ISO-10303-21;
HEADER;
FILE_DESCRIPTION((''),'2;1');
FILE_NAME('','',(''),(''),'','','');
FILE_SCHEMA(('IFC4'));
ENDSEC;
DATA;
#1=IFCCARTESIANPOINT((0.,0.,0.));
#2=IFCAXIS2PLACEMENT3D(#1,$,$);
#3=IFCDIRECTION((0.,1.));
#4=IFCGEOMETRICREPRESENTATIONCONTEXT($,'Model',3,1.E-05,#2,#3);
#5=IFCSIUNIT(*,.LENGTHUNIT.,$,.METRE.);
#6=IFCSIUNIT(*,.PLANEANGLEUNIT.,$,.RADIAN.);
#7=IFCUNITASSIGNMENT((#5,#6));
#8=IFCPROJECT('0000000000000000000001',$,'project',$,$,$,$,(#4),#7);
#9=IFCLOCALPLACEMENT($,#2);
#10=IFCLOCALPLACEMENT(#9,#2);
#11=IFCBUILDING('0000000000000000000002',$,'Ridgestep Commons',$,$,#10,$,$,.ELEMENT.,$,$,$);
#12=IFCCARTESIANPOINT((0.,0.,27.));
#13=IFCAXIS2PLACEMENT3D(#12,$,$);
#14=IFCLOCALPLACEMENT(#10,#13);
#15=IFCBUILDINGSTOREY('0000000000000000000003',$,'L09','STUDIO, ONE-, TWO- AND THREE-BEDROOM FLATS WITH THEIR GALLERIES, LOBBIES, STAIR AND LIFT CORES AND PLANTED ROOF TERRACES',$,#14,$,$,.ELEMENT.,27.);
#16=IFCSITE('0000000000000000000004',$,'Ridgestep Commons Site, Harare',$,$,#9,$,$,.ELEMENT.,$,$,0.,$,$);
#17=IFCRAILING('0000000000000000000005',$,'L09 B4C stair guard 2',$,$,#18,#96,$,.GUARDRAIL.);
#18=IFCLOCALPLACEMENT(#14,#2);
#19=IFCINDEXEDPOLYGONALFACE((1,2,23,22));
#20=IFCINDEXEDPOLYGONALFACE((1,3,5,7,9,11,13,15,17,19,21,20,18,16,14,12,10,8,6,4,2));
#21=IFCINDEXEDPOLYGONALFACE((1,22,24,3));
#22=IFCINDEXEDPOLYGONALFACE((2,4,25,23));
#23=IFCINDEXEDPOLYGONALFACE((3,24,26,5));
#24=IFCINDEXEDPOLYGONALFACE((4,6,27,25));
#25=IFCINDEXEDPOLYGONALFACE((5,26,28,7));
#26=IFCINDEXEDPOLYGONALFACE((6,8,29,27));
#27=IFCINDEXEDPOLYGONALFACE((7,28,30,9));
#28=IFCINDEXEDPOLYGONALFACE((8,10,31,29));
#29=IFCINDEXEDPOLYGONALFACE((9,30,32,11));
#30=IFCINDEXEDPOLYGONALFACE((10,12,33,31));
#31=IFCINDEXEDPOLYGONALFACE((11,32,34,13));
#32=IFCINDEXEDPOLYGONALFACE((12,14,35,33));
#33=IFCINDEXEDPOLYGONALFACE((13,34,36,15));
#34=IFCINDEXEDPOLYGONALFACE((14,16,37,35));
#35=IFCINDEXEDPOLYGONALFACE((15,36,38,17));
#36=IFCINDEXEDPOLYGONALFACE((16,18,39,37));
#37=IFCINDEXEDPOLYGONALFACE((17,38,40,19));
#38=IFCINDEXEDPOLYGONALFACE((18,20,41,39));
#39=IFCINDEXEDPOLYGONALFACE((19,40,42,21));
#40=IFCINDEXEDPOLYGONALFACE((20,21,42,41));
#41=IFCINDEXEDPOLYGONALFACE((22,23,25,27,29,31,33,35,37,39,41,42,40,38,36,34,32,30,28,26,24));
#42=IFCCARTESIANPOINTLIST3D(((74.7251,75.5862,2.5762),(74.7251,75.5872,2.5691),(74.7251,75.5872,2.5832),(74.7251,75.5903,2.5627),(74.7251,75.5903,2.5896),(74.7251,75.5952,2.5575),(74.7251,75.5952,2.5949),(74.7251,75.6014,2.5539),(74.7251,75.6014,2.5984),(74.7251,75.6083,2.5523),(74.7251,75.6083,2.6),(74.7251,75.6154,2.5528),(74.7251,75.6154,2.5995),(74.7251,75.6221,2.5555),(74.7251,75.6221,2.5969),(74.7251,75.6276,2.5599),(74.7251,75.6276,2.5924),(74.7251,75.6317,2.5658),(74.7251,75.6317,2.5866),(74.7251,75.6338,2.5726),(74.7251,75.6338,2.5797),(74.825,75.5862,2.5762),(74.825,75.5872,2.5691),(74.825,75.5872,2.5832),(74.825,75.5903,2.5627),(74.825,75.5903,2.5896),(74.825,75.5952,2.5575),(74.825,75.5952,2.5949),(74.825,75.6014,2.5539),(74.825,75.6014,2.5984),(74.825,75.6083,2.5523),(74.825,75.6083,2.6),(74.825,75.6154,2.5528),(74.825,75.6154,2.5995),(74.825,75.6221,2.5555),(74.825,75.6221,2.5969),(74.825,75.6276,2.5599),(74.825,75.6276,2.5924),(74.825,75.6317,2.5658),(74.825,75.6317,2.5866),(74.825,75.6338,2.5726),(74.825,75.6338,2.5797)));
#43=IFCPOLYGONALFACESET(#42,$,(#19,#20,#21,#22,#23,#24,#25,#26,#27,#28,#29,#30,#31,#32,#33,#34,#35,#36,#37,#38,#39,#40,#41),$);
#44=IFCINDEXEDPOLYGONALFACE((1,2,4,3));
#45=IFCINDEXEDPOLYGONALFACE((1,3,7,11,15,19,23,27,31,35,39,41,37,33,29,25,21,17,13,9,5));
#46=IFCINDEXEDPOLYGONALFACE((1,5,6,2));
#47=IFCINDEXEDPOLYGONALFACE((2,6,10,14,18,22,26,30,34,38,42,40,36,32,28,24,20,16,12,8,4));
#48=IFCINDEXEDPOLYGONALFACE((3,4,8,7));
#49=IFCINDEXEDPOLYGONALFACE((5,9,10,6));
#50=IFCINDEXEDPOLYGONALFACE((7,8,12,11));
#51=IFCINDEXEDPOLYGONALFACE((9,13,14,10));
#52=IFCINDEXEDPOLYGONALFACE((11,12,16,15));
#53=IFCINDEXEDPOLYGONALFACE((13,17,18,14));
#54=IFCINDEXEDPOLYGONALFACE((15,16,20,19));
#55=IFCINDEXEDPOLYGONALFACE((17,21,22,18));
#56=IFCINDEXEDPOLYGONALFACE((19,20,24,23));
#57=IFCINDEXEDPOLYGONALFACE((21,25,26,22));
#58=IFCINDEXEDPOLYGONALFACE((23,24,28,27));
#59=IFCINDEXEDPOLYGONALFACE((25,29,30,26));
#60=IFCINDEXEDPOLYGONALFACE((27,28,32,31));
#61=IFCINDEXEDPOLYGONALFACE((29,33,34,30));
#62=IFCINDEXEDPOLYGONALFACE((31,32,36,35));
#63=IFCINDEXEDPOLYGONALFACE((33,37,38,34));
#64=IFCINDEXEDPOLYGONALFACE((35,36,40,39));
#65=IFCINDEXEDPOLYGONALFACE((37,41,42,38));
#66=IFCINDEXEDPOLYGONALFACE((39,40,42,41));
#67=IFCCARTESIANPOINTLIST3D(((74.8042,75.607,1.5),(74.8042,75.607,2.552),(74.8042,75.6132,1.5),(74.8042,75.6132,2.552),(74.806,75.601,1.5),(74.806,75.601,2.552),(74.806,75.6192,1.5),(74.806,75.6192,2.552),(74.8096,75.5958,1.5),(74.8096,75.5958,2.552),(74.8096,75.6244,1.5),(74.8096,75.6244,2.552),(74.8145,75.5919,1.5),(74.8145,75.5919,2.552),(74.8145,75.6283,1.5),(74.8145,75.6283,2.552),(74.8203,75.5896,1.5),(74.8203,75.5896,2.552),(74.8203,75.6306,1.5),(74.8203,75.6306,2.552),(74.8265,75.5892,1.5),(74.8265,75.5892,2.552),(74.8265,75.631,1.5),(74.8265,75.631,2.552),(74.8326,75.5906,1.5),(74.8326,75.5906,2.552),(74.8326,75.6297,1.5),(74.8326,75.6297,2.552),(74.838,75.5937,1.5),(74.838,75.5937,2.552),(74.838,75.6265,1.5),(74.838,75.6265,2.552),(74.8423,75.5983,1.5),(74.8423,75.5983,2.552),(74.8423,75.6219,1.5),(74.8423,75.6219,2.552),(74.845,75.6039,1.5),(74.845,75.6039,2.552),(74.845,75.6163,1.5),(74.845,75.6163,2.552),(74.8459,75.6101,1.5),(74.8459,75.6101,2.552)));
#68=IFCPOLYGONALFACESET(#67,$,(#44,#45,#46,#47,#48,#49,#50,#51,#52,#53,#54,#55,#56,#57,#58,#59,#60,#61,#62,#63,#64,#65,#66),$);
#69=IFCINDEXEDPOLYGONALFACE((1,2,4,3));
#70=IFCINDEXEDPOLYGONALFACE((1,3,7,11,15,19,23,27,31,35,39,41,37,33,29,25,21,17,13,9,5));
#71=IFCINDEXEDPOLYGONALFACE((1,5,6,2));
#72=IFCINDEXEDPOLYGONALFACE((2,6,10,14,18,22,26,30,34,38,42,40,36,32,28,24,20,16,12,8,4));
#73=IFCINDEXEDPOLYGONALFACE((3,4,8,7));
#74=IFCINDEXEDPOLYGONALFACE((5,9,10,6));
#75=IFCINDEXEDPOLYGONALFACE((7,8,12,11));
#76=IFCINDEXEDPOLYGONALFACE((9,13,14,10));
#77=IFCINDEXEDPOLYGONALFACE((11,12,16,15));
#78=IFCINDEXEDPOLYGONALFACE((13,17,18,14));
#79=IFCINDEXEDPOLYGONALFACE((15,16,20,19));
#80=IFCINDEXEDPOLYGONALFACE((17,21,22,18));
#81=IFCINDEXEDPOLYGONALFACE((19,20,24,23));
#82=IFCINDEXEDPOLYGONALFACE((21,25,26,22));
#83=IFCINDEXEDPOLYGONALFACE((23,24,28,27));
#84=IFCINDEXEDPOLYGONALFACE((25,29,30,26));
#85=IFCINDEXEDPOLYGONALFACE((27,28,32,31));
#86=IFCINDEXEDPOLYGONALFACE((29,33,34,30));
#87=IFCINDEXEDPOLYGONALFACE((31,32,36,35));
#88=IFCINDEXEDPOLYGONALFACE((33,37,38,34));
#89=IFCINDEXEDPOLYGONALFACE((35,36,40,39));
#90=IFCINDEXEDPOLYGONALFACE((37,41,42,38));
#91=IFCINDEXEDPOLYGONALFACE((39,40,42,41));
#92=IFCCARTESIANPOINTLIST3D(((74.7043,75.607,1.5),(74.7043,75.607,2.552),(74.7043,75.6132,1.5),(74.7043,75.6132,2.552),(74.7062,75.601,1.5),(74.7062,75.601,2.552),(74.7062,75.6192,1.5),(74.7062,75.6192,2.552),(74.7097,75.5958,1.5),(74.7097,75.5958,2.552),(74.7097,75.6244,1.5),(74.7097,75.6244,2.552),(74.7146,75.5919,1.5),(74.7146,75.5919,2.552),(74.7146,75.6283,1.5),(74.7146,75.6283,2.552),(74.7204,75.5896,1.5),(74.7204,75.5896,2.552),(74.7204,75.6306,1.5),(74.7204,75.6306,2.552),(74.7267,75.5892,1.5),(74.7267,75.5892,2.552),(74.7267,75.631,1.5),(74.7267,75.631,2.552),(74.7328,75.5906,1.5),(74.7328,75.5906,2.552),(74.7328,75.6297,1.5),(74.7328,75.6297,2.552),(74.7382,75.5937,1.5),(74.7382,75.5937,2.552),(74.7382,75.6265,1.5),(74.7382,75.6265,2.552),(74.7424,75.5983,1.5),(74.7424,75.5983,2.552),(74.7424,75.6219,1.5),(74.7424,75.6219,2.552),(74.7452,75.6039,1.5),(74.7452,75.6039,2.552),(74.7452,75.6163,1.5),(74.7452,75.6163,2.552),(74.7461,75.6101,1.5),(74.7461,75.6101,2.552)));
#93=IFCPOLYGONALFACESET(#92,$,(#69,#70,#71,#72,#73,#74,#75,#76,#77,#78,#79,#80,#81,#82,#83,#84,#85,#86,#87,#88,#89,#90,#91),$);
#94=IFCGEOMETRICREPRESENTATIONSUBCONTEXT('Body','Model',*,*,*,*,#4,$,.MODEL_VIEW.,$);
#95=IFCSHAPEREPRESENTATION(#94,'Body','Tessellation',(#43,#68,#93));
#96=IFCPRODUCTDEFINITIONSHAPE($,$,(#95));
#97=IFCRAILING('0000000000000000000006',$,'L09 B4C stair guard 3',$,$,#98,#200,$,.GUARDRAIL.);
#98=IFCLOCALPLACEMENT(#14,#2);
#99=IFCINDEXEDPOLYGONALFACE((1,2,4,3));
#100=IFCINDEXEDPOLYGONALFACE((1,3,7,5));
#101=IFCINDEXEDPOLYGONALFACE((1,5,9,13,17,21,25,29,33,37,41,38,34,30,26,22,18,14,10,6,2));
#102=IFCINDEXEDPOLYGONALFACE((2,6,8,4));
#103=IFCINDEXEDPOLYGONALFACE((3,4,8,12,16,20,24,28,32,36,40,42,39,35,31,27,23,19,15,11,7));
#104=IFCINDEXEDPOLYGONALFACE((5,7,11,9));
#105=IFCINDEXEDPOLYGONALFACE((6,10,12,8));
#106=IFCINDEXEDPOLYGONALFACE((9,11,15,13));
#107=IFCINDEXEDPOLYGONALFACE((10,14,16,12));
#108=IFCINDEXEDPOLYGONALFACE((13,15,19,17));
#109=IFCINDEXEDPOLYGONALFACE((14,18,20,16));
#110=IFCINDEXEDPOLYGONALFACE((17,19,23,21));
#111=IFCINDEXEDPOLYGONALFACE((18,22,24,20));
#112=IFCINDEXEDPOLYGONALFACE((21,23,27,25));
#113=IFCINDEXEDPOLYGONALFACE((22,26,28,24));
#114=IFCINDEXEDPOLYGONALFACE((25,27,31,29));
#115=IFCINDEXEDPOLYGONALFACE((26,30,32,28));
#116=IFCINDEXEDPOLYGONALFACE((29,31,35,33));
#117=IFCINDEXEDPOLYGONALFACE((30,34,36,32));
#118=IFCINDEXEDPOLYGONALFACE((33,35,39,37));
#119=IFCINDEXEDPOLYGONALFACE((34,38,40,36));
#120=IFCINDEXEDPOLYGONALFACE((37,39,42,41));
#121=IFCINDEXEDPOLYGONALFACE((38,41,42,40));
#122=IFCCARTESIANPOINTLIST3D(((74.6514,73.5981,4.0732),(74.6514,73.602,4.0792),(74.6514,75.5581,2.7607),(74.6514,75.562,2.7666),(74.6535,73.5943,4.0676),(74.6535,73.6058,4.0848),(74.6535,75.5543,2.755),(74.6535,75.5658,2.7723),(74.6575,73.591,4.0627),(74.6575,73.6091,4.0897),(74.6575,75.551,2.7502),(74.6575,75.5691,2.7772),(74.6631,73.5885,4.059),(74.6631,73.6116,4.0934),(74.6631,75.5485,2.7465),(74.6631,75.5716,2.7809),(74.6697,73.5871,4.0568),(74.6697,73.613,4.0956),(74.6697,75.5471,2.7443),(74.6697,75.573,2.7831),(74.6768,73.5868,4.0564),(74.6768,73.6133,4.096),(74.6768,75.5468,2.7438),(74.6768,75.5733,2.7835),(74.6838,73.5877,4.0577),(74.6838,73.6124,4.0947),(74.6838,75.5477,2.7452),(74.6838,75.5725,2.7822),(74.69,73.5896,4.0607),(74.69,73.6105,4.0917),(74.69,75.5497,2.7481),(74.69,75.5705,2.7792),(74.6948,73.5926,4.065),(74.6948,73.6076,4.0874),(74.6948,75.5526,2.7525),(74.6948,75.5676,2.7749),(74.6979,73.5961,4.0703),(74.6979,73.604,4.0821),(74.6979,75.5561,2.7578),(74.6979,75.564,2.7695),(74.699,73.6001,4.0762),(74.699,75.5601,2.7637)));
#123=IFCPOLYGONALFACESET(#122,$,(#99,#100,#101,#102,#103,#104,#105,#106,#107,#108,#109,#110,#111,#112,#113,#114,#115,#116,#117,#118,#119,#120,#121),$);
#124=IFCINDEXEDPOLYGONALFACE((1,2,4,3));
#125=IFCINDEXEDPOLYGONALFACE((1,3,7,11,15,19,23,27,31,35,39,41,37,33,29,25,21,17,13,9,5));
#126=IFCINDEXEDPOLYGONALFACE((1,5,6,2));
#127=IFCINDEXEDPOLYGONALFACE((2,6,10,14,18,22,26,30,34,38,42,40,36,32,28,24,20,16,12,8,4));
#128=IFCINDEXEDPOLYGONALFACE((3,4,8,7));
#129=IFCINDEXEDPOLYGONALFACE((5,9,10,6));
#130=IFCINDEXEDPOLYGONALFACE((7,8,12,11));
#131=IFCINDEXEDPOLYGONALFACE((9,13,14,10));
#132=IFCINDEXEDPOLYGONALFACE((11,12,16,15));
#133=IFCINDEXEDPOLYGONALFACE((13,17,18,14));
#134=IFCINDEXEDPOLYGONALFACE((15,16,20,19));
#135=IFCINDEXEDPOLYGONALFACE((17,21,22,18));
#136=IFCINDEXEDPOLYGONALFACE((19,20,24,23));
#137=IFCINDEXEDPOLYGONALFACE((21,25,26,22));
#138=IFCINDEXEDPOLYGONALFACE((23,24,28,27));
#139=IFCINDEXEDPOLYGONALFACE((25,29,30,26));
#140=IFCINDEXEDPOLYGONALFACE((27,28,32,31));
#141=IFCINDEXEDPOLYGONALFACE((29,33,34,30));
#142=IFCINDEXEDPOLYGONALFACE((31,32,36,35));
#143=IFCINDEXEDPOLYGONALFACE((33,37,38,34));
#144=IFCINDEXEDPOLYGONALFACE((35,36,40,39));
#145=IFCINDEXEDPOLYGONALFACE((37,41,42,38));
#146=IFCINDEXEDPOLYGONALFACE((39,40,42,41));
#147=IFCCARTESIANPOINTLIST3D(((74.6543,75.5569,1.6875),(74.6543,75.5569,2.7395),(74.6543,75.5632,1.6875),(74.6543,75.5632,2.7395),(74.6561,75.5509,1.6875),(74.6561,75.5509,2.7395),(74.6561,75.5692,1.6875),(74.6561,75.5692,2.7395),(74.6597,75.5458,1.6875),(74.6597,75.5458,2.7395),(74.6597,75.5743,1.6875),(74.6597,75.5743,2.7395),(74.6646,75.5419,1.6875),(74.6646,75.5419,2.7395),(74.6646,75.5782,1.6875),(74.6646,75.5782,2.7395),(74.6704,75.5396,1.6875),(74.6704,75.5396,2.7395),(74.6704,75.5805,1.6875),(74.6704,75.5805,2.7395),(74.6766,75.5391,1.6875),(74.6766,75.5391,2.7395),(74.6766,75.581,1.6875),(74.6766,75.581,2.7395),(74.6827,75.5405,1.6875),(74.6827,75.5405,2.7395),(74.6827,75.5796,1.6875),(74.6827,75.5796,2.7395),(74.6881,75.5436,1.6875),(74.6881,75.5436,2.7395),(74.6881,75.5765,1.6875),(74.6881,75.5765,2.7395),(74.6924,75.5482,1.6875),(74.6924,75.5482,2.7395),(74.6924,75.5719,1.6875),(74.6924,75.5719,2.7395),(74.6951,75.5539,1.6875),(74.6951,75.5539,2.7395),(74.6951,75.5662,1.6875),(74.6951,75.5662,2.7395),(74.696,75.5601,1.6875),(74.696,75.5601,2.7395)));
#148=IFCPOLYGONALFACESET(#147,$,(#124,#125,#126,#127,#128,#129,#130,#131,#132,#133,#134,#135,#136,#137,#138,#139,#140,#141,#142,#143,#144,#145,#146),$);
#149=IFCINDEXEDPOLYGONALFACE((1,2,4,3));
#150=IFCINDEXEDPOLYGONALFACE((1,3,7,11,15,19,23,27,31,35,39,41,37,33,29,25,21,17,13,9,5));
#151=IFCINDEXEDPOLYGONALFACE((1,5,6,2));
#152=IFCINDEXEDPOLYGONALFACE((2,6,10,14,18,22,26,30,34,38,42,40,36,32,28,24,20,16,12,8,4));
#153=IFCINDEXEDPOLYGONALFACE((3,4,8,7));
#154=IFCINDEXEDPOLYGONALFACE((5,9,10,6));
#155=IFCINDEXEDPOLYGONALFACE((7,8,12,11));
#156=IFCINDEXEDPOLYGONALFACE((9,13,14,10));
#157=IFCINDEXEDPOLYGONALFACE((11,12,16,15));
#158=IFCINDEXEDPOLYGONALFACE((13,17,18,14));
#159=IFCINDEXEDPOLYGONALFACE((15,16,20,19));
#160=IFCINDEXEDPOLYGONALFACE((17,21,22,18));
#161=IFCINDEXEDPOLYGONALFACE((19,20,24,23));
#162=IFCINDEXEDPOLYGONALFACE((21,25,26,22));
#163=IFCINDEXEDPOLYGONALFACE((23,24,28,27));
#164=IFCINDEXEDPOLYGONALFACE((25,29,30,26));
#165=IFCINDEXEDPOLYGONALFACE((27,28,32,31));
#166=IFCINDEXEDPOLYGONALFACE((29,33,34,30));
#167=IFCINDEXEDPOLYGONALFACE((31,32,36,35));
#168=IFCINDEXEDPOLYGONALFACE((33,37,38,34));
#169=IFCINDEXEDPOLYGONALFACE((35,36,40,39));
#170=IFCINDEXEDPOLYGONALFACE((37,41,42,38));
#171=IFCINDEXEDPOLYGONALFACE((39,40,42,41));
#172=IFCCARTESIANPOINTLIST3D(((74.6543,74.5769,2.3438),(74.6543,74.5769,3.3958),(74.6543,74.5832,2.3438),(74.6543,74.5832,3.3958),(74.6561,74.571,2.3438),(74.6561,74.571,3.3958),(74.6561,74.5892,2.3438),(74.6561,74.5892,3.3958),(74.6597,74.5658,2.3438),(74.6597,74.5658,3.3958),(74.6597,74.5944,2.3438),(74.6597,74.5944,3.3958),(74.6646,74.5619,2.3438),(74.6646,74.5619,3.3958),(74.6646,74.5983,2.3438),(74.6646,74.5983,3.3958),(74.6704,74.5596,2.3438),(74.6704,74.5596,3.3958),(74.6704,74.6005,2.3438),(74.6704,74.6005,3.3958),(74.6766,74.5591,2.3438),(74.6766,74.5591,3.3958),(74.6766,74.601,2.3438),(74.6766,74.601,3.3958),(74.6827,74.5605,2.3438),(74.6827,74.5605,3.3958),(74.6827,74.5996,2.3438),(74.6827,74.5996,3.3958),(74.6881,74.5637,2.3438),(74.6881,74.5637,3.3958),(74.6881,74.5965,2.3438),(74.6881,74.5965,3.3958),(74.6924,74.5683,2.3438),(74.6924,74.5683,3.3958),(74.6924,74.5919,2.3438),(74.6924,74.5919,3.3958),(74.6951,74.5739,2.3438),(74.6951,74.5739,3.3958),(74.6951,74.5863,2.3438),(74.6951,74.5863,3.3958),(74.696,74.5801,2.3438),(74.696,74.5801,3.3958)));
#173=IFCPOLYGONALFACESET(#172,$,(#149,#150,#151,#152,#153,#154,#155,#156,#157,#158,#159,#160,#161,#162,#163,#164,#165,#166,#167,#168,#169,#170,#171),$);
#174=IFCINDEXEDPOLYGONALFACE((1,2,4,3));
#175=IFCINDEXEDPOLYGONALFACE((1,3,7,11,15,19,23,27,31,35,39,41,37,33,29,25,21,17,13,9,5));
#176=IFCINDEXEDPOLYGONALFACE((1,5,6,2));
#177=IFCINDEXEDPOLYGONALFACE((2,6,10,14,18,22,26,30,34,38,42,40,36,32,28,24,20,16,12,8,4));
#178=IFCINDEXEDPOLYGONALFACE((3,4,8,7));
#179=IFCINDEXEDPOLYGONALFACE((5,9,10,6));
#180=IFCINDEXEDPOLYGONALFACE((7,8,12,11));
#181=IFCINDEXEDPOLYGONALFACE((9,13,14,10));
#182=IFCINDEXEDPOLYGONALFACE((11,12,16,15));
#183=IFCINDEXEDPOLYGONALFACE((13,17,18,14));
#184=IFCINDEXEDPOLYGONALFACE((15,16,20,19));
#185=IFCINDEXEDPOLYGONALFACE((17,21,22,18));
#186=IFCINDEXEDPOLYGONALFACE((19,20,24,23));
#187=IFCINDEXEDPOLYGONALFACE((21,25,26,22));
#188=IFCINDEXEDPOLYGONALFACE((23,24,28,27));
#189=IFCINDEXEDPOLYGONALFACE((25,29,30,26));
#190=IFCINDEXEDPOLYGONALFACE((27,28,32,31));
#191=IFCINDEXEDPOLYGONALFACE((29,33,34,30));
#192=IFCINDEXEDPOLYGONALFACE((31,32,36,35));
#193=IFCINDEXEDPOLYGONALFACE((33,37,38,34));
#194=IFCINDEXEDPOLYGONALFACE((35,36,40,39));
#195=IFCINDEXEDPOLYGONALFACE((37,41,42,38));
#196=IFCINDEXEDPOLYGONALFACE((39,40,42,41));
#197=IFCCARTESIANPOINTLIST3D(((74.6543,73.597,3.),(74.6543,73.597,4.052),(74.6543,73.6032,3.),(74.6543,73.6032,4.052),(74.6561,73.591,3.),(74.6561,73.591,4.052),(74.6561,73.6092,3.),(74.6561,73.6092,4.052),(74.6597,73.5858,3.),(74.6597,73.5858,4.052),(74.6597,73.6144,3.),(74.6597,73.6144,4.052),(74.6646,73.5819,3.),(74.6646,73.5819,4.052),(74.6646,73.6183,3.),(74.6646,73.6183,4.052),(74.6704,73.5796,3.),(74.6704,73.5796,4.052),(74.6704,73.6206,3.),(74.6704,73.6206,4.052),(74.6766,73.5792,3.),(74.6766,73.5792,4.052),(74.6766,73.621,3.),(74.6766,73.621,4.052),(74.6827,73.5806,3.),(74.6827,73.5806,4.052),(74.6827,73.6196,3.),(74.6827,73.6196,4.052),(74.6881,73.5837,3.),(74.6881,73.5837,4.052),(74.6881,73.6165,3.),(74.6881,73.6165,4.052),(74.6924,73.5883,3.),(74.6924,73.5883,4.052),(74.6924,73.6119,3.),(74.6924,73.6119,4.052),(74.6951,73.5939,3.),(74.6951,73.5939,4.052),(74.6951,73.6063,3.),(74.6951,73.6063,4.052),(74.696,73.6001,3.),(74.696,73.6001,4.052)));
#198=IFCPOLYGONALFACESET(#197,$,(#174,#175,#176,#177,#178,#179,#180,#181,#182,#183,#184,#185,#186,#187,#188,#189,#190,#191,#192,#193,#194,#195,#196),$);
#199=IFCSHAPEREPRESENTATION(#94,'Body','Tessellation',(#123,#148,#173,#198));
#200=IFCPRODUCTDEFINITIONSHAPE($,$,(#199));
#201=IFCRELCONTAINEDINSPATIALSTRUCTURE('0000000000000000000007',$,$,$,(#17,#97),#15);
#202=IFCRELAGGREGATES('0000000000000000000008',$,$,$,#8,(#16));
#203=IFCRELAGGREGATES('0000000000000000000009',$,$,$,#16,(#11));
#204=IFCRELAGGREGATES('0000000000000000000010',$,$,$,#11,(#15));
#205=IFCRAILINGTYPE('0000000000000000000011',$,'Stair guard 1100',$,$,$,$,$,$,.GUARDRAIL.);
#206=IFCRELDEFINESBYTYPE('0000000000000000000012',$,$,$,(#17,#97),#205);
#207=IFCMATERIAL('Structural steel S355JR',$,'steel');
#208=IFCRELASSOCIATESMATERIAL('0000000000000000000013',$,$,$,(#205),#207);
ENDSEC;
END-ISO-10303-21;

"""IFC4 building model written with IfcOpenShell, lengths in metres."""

from ifc_helpers import new_model, si_unit, direction, frame, origin, origin_2d, place, context, subcontext, project, spatial, circle, extrude, material, type_object, element, save


model = new_model("IFC4")

# Units and contexts
model_context = context("Model", 3, precision=1e-05, world=origin(), true_north=direction((0.0, 1.0)))
body_context = subcontext(model_context, "Body", "Model", "MODEL_VIEW")
ifc_project = project(units=[si_unit("LENGTHUNIT", "METRE"), si_unit("PLANEANGLEUNIT", "RADIAN")], contexts=[model_context])

# Site, building, storey
site_placement = place(None, origin())
site = spatial("IfcSite", under=ifc_project, at=site_placement, Name="Ridgestep Commons Site, Harare", CompositionType="ELEMENT", RefElevation=0.0)
building_placement = place(site_placement, origin())
building = spatial("IfcBuilding", under=site, at=building_placement, Name="Ridgestep Commons", CompositionType="ELEMENT")
storey_placement = place(building_placement, frame((0.0, 0.0, 27.0)))
storey = spatial("IfcBuildingStorey", under=building, at=storey_placement, Name="L09", Description="STUDIO, ONE-, TWO- AND THREE-BEDROOM FLATS WITH THEIR GALLERIES, LOBBIES, STAIR AND LIFT CORES AND PLANTED ROOF TERRACES", CompositionType="ELEMENT", Elevation=27.0)

# Railings
ifc_material_1 = material(Name="Structural steel S355JR", Category="steel")
railing_type_1 = type_object("IfcRailingType", Name="Stair guard 1100", PredefinedType="GUARDRAIL", material=ifc_material_1)
railing_1_placement = place(storey_placement, frame((74.825, 75.6101, 1.5)))
element("IfcRailing", 1, at=railing_1_placement, inside=storey, type_object=railing_type_1, Name="L09 B4C stair guard 2", PredefinedType="GUARDRAIL", context=body_context, shape_type="SweptSolid", body=[
    extrude(circle(Radius=0.0239, at=origin_2d()), frame((0.0, 0.0, 1.0762), z_axis=(-1.0, 0.0, 0.0), x_axis=(0.0, -1.0, 0.0)), (0.0, 0.0, 1.0), 0.0999),
    extrude(circle(Radius=0.021, at=origin_2d()), origin(), (0.0, 0.0, 1.0), 1.052),
    extrude(circle(Radius=0.021, at=origin_2d()), frame((-0.0999, 0.0, 0.0)), (0.0, 0.0, 1.0), 1.052),
])
railing_2_placement = place(storey_placement, frame((74.675, 75.5601, 1.6875)))
element("IfcRailing", 2, at=railing_2_placement, inside=storey, type_object=railing_type_1, Name="L09 B4C stair guard 3", PredefinedType="GUARDRAIL", context=body_context, shape_type="SweptSolid", body=[
    extrude(circle(Radius=0.0239, at=origin_2d()), frame((0.0, 0.0, 1.0762), z_axis=(0.0, -0.830902, 0.556419), x_axis=(1.0, 0.0, 0.0)), (0.0, 0.0, 1.0), 2.3589),
    extrude(circle(Radius=0.021, at=origin_2d()), origin(), (0.0, 0.0, 1.0), 1.052),
    extrude(circle(Radius=0.021, at=origin_2d()), frame((0.0, -0.98, 0.6562)), (0.0, 0.0, 1.0), 1.052),
    extrude(circle(Radius=0.021, at=origin_2d()), frame((0.0, -1.96, 1.3125)), (0.0, 0.0, 1.0), 1.052),
])

save(model, "model.ifc")
